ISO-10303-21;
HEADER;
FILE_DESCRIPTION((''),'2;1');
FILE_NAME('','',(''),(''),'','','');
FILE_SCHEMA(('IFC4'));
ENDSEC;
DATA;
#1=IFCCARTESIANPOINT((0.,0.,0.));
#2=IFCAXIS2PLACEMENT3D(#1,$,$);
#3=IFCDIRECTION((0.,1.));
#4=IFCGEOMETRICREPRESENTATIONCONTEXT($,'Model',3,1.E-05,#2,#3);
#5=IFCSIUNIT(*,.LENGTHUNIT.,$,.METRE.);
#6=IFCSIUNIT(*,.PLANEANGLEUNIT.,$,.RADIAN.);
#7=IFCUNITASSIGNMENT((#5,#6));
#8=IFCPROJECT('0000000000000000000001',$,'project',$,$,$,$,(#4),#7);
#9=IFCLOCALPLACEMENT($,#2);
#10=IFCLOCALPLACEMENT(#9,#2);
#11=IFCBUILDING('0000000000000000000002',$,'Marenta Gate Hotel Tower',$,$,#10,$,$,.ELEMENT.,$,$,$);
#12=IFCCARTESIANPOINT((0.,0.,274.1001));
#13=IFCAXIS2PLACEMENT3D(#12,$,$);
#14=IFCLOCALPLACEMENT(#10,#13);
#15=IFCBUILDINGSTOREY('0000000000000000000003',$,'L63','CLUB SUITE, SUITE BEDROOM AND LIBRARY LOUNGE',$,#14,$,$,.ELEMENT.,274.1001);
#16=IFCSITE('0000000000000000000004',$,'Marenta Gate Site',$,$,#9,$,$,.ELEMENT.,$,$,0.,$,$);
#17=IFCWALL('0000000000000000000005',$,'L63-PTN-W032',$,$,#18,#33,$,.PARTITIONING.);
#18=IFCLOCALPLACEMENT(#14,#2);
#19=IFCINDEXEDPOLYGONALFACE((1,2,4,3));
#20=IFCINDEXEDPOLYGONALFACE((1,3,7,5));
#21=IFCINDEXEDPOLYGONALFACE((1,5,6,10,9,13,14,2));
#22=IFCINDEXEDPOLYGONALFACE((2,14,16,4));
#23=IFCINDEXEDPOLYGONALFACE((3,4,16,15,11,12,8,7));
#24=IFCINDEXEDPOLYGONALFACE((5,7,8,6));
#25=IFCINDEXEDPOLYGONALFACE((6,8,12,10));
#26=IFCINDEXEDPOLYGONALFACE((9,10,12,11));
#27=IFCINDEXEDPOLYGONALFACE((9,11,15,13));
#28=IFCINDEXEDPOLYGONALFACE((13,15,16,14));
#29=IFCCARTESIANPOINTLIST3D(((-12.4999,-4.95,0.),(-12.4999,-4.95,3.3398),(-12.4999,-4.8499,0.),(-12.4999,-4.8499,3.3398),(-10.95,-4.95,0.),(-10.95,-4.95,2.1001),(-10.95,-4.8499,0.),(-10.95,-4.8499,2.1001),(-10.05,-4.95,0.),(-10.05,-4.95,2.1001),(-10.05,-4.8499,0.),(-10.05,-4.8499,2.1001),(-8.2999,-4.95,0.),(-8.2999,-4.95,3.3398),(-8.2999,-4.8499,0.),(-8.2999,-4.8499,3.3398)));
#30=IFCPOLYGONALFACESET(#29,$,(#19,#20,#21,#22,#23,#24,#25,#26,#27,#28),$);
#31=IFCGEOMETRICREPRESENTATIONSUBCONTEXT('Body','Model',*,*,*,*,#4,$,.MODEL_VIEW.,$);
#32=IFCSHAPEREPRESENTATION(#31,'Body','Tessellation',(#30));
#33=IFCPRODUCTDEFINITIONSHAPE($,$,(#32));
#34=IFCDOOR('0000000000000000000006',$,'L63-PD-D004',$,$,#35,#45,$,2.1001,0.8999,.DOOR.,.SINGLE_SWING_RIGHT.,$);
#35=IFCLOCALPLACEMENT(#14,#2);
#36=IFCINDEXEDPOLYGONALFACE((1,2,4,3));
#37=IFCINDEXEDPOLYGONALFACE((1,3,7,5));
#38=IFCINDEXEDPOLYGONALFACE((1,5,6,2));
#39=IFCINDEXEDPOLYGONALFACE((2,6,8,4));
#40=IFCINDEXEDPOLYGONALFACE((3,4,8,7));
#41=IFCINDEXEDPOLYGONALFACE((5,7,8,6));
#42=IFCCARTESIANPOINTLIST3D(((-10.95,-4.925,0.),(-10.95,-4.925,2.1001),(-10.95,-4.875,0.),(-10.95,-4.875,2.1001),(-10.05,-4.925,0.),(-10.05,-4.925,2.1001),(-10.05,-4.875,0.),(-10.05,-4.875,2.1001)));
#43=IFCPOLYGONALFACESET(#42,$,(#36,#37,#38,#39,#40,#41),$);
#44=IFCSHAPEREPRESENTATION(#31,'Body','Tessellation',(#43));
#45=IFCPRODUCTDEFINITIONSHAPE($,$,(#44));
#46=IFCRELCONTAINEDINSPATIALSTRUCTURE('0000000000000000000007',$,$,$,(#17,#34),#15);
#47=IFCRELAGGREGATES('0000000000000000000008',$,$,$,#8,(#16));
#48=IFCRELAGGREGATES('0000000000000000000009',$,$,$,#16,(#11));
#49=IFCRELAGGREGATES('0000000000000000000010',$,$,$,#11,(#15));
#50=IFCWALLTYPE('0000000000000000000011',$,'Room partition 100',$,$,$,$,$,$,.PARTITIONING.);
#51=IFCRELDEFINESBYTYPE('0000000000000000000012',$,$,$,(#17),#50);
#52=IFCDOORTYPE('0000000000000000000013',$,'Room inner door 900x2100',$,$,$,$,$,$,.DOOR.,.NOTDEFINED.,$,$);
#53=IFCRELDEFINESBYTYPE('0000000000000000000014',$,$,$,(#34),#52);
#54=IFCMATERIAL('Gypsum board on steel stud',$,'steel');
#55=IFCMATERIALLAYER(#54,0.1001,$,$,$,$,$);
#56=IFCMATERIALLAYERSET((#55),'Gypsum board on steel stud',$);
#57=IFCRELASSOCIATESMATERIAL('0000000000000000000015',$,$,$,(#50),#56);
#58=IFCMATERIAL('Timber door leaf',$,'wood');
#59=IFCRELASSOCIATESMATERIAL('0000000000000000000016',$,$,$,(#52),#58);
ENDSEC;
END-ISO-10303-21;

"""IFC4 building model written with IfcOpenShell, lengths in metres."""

from ifc_helpers import new_model, si_unit, direction, frame, frame_2d, origin, place, context, subcontext, project, spatial, rectangle, extrude, material, layer, layer_set, type_object, element, fill, save


model = new_model("IFC4")

# Units and contexts
model_context = context("Model", 3, precision=1e-05, world=origin(), true_north=direction((0.0, 1.0)))
body_context = subcontext(model_context, "Body", "Model", "MODEL_VIEW")
ifc_project = project(units=[si_unit("LENGTHUNIT", "METRE"), si_unit("PLANEANGLEUNIT", "RADIAN")], contexts=[model_context])

# Site, building, storey
site_placement = place(None, origin())
site = spatial("IfcSite", under=ifc_project, at=site_placement, Name="Marenta Gate Site", CompositionType="ELEMENT", RefElevation=0.0)
building_placement = place(site_placement, origin())
building = spatial("IfcBuilding", under=site, at=building_placement, Name="Marenta Gate Hotel Tower", CompositionType="ELEMENT")
storey_placement = place(building_placement, frame((0.0, 0.0, 274.1001)))
storey = spatial("IfcBuildingStorey", under=building, at=storey_placement, Name="L63", Description="CLUB SUITE, SUITE BEDROOM AND LIBRARY LOUNGE", CompositionType="ELEMENT", Elevation=274.1001)

# Wall, opening, door
ifc_material_1 = material(Name="Gypsum board on steel stud", Category="steel")
ifc_layer_1 = layer(ifc_material_1, 0.1001)
ifc_layer_set_1 = layer_set([ifc_layer_1], Name="Gypsum board on steel stud")
wall_type_1 = type_object("IfcWallType", Name="Room partition 100", PredefinedType="PARTITIONING", material=ifc_layer_set_1)
ifc_material_2 = material(Name="Timber door leaf", Category="wood")
door_type_1 = type_object("IfcDoorType", Name="Room inner door 900x2100", OperationType="NOTDEFINED", PredefinedType="DOOR", material=ifc_material_2)
wall_1_placement = place(storey_placement, frame((-12.5, -4.8999, 0.0), z_axis=(0.0, 0.0, 1.0), x_axis=(1.0, 0.0, 0.0)))
wall_1 = element("IfcWall", 1, at=wall_1_placement, inside=storey, type_object=wall_type_1, Name="L63-PTN-W032", PredefinedType="PARTITIONING", context=body_context, shape_type="SweptSolid", body=[
    extrude(rectangle(XDim=4.2, YDim=0.1001, at=frame_2d((2.1001, 0.0))), origin(), (0.0, 0.0, 1.0), 3.3398),
])
opening_1_placement = place(wall_1_placement, frame((1.55, 0.0, 0.0)))
opening_1 = element("IfcOpeningElement", 2, at=opening_1_placement, cuts=wall_1, PredefinedType="OPENING", context=body_context, shape_type="SweptSolid", body=[
    extrude(rectangle(XDim=0.8999, YDim=2.1001, at=frame_2d((0.45, 1.05))), frame((0.0, 0.05, 0.0), z_axis=(0.0, -1.0, 0.0), x_axis=(1.0, 0.0, 0.0)), (0.0, 0.0, 1.0), 0.1001),
])
door_1_placement = place(opening_1_placement, origin())
door_1 = element("IfcDoor", 3, at=door_1_placement, inside=storey, type_object=door_type_1, Name="L63-PD-D004", OperationType="SINGLE_SWING_RIGHT", OverallHeight=2.1001, OverallWidth=0.8999, PredefinedType="DOOR", context=body_context, shape_type="SweptSolid", body=[
    extrude(rectangle(XDim=0.8999, YDim=2.1001, at=frame_2d((0.45, 1.05))), frame((0.0, 0.0249, 0.0), z_axis=(0.0, -1.0, 0.0), x_axis=(1.0, 0.0, 0.0)), (0.0, 0.0, 1.0), 0.05),
])
fill(opening_1, door_1)

save(model, "model.ifc")
